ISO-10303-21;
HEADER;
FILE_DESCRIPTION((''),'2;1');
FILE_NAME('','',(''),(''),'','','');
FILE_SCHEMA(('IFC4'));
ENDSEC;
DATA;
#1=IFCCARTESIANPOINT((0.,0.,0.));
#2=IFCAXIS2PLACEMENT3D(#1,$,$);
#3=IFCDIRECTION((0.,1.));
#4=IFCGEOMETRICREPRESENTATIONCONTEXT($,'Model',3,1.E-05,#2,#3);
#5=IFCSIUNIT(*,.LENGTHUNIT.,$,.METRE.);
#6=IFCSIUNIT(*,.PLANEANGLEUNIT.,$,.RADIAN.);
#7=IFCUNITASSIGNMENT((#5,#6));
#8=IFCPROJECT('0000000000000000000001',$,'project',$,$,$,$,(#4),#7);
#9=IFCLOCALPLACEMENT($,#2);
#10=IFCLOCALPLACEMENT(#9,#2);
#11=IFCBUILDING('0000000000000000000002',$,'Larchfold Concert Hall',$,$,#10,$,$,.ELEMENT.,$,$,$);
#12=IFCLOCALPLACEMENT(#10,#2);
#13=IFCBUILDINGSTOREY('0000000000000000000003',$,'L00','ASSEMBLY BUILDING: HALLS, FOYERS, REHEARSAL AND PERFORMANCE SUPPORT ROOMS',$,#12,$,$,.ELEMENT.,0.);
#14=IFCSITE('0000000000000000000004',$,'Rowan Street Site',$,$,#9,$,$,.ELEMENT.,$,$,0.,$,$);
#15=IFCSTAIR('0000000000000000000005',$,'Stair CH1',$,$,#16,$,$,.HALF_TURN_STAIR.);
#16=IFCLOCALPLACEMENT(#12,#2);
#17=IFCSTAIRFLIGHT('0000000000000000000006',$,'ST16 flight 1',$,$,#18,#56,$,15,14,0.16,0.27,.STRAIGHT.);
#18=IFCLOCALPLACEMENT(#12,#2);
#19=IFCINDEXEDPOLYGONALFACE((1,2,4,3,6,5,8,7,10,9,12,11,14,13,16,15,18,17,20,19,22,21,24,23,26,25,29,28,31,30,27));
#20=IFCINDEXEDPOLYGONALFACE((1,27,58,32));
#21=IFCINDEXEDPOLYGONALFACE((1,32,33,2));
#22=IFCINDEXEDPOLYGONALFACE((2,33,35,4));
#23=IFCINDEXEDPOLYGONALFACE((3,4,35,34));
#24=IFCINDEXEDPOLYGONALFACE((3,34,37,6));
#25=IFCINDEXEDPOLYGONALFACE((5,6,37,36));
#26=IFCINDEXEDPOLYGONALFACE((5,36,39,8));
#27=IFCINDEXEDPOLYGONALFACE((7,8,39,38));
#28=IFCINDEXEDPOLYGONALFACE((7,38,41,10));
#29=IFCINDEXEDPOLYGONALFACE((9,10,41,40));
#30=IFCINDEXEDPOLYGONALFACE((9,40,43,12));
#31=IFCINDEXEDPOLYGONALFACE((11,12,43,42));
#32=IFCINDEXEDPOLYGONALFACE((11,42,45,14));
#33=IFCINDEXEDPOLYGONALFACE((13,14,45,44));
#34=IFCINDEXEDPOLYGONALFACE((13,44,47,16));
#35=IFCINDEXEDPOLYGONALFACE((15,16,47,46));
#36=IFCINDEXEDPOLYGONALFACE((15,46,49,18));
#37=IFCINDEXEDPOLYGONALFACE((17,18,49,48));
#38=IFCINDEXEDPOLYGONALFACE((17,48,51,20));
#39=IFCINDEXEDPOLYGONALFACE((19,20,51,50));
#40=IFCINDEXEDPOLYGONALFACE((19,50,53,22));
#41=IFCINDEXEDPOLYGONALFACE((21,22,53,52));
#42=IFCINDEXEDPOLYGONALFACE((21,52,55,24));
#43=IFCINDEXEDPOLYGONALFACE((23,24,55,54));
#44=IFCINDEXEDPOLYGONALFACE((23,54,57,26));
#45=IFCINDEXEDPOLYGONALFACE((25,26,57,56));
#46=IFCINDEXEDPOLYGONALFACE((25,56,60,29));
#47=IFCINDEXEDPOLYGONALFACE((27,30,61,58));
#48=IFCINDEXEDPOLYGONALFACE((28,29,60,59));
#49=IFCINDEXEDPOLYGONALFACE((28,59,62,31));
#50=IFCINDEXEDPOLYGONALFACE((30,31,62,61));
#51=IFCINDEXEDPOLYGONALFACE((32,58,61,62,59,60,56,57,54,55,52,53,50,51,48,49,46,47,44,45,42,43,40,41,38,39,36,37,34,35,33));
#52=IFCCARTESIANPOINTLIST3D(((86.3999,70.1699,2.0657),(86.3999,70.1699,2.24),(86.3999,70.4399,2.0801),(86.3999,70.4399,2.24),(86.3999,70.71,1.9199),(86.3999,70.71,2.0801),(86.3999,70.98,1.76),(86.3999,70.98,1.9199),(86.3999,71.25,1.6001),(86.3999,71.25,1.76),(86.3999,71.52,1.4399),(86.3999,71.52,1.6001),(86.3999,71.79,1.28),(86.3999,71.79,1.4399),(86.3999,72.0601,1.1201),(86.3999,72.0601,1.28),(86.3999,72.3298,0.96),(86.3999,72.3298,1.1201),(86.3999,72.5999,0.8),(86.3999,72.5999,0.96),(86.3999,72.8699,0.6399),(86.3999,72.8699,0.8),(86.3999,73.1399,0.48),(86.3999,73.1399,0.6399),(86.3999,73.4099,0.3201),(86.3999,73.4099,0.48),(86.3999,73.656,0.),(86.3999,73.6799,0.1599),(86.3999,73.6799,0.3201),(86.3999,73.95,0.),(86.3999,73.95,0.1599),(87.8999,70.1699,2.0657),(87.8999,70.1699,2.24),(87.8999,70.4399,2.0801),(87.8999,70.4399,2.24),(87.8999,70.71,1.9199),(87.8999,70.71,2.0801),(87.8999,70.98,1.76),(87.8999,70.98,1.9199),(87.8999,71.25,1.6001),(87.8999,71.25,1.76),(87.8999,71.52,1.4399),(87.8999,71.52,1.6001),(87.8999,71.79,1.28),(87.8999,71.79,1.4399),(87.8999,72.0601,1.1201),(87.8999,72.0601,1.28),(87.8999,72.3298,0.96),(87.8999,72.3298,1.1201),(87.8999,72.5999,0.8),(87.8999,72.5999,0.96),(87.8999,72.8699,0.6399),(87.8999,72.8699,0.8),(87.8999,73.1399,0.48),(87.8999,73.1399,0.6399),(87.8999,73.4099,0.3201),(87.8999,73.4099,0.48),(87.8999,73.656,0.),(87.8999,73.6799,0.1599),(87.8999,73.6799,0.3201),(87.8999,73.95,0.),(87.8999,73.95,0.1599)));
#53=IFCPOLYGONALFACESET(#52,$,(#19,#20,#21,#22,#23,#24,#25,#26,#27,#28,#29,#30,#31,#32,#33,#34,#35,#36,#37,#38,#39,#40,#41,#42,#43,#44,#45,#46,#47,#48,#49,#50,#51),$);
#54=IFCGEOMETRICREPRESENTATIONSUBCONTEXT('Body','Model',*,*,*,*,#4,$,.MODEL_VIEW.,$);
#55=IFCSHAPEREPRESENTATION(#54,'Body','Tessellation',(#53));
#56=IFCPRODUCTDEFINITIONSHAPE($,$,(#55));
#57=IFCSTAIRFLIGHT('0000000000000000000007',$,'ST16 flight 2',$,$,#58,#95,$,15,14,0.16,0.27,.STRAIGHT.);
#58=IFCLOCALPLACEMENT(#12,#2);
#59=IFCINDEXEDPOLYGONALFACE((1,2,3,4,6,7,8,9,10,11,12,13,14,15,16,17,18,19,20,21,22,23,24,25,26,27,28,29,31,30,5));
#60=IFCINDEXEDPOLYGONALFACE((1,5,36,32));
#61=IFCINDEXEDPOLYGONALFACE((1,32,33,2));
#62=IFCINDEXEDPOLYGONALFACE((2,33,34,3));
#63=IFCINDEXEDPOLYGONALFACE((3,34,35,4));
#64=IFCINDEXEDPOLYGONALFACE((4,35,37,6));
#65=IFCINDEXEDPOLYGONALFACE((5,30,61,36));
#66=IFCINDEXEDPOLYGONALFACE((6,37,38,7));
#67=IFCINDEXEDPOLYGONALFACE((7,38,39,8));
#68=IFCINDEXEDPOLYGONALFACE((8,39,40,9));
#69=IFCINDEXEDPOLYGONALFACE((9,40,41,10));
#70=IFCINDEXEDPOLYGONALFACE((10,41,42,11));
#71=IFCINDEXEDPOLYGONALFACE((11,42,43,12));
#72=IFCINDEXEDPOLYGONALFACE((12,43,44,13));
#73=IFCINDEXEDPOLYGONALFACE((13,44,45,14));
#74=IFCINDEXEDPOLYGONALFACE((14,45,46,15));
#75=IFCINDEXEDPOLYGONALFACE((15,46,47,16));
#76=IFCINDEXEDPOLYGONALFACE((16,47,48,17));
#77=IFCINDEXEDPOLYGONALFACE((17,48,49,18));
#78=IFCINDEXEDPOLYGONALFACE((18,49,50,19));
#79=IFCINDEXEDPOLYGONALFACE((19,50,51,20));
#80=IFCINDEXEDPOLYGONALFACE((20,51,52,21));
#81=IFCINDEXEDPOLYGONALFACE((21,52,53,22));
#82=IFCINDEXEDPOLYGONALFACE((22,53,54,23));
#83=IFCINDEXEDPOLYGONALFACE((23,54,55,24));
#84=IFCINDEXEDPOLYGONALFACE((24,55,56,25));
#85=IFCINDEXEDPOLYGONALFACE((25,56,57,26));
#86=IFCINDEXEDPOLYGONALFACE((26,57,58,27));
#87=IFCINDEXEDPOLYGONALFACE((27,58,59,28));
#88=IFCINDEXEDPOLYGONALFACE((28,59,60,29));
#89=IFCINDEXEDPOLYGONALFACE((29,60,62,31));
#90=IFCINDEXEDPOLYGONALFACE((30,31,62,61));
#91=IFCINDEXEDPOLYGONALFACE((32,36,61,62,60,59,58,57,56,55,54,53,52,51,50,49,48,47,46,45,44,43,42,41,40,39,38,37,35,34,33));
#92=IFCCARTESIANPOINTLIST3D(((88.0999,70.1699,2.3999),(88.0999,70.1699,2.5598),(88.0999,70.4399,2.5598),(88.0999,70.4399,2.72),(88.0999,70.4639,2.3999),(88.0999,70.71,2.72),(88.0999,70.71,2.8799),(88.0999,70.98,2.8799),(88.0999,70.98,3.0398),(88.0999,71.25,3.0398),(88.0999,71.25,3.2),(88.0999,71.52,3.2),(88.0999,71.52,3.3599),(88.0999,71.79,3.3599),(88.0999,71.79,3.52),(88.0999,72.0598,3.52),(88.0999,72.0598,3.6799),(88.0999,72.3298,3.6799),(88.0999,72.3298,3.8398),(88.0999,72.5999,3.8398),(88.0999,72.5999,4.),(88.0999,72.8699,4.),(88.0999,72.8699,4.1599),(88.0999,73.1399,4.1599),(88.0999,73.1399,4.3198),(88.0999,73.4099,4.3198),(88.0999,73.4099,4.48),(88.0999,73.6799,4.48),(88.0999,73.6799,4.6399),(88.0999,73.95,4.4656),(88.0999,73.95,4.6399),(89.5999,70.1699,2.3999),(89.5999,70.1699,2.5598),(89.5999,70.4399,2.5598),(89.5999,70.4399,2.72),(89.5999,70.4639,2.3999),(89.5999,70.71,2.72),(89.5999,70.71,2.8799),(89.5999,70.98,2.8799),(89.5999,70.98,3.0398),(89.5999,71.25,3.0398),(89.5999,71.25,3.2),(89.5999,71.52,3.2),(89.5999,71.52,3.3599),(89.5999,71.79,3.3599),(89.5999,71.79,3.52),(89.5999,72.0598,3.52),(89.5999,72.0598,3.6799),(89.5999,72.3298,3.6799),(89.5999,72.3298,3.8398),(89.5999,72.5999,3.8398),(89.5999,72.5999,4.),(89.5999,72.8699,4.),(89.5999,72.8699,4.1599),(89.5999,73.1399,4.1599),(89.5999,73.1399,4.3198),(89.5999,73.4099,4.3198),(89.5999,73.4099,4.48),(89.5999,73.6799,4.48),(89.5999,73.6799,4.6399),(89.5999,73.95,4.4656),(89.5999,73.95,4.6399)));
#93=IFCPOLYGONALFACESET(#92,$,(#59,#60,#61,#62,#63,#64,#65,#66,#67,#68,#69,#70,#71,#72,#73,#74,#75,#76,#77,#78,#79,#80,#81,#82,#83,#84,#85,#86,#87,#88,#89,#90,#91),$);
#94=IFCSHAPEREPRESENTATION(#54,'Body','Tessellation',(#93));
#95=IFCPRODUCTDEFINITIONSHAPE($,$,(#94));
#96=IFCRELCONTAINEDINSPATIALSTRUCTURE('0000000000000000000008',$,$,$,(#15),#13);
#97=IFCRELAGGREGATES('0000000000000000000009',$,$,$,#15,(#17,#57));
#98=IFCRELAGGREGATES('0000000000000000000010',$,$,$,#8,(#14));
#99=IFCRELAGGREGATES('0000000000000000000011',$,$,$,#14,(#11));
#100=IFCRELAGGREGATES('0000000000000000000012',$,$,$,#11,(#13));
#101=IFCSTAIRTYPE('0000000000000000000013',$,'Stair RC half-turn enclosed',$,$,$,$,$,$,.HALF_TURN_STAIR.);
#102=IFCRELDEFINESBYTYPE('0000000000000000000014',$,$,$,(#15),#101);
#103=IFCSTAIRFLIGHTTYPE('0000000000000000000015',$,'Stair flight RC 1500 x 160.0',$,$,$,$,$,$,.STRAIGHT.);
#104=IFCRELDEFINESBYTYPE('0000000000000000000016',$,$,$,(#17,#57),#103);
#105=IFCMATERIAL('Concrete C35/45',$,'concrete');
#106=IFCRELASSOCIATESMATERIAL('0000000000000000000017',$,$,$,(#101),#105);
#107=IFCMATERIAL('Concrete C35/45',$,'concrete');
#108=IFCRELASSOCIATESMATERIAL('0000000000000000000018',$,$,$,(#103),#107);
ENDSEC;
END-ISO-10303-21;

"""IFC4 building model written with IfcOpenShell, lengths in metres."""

from ifc_helpers import new_model, si_unit, direction, frame, origin, place, context, subcontext, project, spatial, polyline, outline, extrude, material, type_object, element, aggregate, save


model = new_model("IFC4")

# Units and contexts
model_context = context("Model", 3, precision=1e-05, world=origin(), true_north=direction((0.0, 1.0)))
body_context = subcontext(model_context, "Body", "Model", "MODEL_VIEW")
ifc_project = project(units=[si_unit("LENGTHUNIT", "METRE"), si_unit("PLANEANGLEUNIT", "RADIAN")], contexts=[model_context])

# Site, building, storey
site_placement = place(None, origin())
site = spatial("IfcSite", under=ifc_project, at=site_placement, Name="Rowan Street Site", CompositionType="ELEMENT", RefElevation=0.0)
building_placement = place(site_placement, origin())
building = spatial("IfcBuilding", under=site, at=building_placement, Name="Larchfold Concert Hall", CompositionType="ELEMENT")
storey_placement = place(building_placement, origin())
storey = spatial("IfcBuildingStorey", under=building, at=storey_placement, Name="L00", Description="ASSEMBLY BUILDING: HALLS, FOYERS, REHEARSAL AND PERFORMANCE SUPPORT ROOMS", CompositionType="ELEMENT", Elevation=0.0)

# Stair, stair flights
ifc_material_1 = material(Name="Concrete C35/45", Category="concrete")
stair_type = type_object("IfcStairType", Name="Stair RC half-turn enclosed", PredefinedType="HALF_TURN_STAIR", material=ifc_material_1)
stair_placement = place(storey_placement, origin())
stair = element("IfcStair", 1, at=stair_placement, inside=storey, type_object=stair_type, Name="Stair CH1", PredefinedType="HALF_TURN_STAIR")
ifc_material_2 = material(Name="Concrete C35/45", Category="concrete")
stair_flight_type = type_object("IfcStairFlightType", Name="Stair flight RC 1500 x 160.0", PredefinedType="STRAIGHT", material=ifc_material_2)
stair_flight_1_placement = place(storey_placement, frame((87.1499, 73.95, 0.0), z_axis=(0.0, 0.0, 1.0), x_axis=(0.0, -1.0, 0.0)))
stair_flight_1 = element("IfcStairFlight", 2, at=stair_flight_1_placement, type_object=stair_flight_type, Name="ST16 flight 1", NumberOfRisers=15, NumberOfTreads=14, PredefinedType="STRAIGHT", RiserHeight=0.16, TreadLength=0.27, context=body_context, shape_type="SweptSolid", body=[
    extrude(outline(polyline([(0.0, 0.0), (0.0, 0.1599), (0.27, 0.1599), (0.27, 0.3201), (0.54, 0.3201), (0.54, 0.48), (0.8101, 0.48), (0.8101, 0.6399), (1.0801, 0.6399), (1.0801, 0.8), (1.3501, 0.8), (1.3501, 0.96), (1.6201, 0.96), (1.6201, 1.1201), (1.8899, 1.1201), (1.8899, 1.28), (2.1599, 1.28), (2.1599, 1.4399), (2.4299, 1.4399), (2.4299, 1.6001), (2.7, 1.6001), (2.7, 1.76), (2.97, 1.76), (2.97, 1.9199), (3.24, 1.9199), (3.24, 2.0801), (3.51, 2.0801), (3.51, 2.24), (3.78, 2.24), (3.78, 2.3999), (3.78, 2.0657), (0.2939, 0.0), (0.0, 0.0)])), frame((0.0, 0.75, 0.0), z_axis=(0.0, -1.0, 0.0), x_axis=(1.0, 0.0, 0.0)), (0.0, 0.0, 1.0), 1.5),
])
stair_flight_2_placement = place(storey_placement, frame((88.8499, 70.1699, 2.3999), z_axis=(0.0, 0.0, 1.0), x_axis=(0.0, 1.0, 0.0)))
stair_flight_2 = element("IfcStairFlight", 3, at=stair_flight_2_placement, type_object=stair_flight_type, Name="ST16 flight 2", NumberOfRisers=15, NumberOfTreads=14, PredefinedType="STRAIGHT", RiserHeight=0.16, TreadLength=0.27, context=body_context, shape_type="SweptSolid", body=[
    extrude(outline(polyline([(0.0, 0.0), (0.0, 0.1599), (0.27, 0.1599), (0.27, 0.3201), (0.54, 0.3201), (0.54, 0.48), (0.8101, 0.48), (0.8101, 0.6399), (1.0801, 0.6399), (1.0801, 0.8), (1.3501, 0.8), (1.3501, 0.96), (1.6201, 0.96), (1.6201, 1.1201), (1.8899, 1.1201), (1.8899, 1.28), (2.1599, 1.28), (2.1599, 1.4399), (2.4299, 1.4399), (2.4299, 1.6001), (2.7, 1.6001), (2.7, 1.76), (2.97, 1.76), (2.97, 1.9199), (3.24, 1.9199), (3.24, 2.0801), (3.51, 2.0801), (3.51, 2.24), (3.78, 2.24), (3.78, 2.3999), (3.78, 2.0657), (0.2939, 0.0), (0.0, 0.0)])), frame((0.0, 0.75, 0.0), z_axis=(0.0, -1.0, 0.0), x_axis=(1.0, 0.0, 0.0)), (0.0, 0.0, 1.0), 1.5),
])
aggregate(stair, [stair_flight_1, stair_flight_2])

save(model, "model.ifc")
